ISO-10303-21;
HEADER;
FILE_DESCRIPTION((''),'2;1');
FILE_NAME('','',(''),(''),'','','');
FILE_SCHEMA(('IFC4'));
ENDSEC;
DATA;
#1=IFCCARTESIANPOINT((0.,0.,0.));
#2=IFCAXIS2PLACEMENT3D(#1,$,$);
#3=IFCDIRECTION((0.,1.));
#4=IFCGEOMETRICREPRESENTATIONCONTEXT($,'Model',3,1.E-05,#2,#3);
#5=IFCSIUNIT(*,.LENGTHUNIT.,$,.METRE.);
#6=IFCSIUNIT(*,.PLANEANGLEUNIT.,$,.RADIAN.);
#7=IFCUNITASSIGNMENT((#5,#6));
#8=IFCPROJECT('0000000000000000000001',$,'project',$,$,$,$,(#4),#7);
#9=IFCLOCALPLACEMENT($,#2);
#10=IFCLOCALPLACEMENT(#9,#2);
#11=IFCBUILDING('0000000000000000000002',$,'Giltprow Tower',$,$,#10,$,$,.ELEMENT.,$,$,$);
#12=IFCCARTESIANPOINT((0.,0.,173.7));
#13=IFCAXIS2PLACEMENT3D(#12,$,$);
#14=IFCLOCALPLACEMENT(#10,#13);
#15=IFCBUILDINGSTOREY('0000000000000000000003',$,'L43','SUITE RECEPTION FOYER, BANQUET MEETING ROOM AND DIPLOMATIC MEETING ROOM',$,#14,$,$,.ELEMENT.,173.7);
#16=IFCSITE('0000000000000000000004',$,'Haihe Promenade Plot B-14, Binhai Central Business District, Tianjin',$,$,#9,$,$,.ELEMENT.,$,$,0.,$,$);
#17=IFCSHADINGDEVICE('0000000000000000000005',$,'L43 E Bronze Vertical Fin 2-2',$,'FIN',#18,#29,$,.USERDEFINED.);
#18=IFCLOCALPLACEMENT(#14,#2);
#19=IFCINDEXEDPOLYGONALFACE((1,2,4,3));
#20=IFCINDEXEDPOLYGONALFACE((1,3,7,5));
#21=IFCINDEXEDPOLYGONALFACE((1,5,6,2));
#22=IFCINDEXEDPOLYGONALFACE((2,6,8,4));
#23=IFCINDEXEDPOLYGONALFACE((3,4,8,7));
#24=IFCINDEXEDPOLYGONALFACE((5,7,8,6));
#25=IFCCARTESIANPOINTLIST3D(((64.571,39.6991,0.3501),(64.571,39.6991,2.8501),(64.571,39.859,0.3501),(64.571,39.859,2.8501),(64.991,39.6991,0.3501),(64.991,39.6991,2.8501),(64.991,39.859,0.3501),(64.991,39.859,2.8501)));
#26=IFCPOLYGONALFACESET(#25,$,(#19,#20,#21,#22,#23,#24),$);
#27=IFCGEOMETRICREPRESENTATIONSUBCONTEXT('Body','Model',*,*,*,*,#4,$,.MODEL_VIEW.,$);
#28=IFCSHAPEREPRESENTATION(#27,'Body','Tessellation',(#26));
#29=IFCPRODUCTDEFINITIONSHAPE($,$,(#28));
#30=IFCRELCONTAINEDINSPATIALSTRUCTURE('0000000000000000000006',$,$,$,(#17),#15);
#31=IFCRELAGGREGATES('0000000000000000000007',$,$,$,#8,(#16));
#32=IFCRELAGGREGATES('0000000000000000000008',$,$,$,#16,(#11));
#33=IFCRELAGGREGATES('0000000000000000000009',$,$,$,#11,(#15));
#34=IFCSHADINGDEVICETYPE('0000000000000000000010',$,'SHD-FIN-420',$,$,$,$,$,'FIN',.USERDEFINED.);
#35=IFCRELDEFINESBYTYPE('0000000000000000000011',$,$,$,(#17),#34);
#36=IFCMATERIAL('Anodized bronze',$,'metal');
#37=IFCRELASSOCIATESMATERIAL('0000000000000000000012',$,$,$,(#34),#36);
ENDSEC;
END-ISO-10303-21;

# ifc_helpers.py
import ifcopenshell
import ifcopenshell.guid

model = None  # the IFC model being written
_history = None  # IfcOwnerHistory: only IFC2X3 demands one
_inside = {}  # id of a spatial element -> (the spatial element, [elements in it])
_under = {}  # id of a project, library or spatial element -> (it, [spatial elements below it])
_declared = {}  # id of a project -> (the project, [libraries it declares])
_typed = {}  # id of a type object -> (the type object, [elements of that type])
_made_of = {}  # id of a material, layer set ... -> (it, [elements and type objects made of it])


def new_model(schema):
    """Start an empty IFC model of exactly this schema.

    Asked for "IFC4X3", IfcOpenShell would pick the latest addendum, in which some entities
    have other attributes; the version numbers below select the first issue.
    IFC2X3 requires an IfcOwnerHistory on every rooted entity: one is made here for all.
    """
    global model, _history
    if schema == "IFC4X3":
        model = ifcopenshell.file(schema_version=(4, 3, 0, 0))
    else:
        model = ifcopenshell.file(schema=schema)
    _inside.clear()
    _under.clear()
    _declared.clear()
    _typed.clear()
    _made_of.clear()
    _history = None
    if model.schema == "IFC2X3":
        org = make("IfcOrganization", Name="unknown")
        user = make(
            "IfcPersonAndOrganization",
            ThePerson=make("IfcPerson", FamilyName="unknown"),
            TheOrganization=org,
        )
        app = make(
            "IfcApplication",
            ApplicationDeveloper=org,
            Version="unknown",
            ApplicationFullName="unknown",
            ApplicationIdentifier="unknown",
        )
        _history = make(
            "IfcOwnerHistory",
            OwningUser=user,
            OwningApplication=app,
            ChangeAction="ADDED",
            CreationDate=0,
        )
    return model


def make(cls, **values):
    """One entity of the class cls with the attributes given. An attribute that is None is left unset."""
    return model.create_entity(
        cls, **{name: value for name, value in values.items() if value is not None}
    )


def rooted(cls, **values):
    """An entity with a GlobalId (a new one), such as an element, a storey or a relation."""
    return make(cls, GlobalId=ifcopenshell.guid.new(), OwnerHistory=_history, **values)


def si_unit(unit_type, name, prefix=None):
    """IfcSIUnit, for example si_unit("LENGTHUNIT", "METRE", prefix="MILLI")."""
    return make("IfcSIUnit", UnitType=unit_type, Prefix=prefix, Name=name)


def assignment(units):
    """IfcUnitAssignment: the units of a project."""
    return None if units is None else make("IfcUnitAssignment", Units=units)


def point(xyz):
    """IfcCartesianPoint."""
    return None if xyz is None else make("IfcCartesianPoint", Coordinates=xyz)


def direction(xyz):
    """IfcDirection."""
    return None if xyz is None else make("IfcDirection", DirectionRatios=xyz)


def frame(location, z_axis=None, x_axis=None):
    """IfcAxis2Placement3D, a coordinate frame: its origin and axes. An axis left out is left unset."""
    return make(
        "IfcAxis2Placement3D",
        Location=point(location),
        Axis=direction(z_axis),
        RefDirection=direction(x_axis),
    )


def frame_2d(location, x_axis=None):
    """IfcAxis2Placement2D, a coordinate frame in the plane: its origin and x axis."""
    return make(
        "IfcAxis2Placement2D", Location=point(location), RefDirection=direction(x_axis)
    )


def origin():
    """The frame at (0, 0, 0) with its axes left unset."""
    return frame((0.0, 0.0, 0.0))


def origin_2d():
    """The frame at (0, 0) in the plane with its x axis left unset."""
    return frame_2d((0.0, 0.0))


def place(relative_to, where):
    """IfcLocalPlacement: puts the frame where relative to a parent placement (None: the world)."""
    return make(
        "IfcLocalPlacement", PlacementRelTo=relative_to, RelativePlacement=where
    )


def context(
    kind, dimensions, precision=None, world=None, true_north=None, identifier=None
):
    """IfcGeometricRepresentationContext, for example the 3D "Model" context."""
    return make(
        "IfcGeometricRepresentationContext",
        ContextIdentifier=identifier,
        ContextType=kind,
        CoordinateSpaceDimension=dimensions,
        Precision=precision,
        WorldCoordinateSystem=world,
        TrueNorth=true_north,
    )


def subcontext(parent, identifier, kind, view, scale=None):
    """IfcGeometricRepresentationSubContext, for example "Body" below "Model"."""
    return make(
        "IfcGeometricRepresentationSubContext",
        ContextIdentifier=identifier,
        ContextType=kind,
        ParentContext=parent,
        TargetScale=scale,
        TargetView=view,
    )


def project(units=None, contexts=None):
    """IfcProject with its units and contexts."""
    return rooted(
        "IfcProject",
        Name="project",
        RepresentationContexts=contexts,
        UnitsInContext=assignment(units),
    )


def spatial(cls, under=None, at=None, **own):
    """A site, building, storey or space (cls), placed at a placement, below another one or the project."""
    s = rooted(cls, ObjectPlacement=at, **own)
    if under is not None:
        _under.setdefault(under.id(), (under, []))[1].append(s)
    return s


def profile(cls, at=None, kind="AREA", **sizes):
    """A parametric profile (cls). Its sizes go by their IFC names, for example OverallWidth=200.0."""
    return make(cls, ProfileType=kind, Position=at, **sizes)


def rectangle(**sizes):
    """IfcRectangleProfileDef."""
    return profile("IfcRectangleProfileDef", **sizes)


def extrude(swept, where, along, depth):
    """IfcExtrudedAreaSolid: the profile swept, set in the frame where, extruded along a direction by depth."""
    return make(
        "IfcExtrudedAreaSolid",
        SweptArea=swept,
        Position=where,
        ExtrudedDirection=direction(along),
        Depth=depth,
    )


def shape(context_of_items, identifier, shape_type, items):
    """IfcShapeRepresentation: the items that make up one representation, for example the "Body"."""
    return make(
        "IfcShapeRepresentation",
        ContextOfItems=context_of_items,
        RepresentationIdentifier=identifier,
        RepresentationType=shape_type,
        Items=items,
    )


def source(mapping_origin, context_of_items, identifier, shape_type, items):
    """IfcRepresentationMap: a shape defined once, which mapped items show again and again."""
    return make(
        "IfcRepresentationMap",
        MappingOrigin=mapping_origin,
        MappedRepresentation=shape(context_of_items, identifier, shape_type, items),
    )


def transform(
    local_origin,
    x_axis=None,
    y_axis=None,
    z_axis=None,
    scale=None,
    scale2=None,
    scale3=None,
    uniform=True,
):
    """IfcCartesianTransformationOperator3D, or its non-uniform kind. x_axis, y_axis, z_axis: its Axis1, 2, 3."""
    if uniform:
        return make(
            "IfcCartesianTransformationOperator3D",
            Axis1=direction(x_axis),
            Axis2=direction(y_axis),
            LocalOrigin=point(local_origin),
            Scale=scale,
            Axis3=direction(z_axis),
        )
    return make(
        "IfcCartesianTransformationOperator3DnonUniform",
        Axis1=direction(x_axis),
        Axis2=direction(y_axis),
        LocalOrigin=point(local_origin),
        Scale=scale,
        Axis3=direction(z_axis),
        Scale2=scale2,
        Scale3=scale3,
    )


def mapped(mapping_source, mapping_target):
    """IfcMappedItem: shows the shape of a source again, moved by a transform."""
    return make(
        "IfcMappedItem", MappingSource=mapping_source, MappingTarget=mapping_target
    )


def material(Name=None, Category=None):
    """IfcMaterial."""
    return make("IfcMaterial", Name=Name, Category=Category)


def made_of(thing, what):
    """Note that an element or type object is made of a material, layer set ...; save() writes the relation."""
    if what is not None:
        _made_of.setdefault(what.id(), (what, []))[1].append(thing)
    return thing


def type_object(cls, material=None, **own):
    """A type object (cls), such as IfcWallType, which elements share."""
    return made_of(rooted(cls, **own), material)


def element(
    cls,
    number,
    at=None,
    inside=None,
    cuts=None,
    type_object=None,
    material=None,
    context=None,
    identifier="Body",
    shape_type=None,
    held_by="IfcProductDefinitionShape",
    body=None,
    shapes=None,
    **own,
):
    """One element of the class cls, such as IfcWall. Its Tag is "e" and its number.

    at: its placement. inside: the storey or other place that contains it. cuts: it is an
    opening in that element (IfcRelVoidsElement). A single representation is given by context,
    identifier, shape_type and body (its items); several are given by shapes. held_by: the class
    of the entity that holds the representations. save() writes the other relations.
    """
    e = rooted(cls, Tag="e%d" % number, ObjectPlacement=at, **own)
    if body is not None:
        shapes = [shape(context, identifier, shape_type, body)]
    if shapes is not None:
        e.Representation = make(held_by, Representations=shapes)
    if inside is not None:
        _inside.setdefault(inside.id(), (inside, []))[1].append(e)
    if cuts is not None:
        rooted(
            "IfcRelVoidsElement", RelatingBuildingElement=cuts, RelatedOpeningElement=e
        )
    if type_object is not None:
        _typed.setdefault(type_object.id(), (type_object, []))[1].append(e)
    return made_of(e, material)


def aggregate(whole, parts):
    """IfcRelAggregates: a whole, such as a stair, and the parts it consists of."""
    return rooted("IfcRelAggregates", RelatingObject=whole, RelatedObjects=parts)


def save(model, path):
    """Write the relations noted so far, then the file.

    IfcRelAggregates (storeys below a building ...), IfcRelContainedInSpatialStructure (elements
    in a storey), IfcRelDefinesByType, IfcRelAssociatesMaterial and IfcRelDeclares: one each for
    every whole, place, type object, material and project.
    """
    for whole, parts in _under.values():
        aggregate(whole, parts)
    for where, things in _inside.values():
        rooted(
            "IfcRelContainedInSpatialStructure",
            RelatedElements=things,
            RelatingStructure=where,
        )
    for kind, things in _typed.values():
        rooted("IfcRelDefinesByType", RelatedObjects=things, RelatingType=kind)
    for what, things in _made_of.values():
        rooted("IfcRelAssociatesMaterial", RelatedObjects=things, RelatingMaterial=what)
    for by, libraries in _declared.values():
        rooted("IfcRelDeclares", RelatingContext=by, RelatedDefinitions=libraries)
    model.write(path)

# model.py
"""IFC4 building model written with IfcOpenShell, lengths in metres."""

from ifc_helpers import new_model, si_unit, direction, frame, origin, origin_2d, place, context, subcontext, project, spatial, rectangle, extrude, source, transform, mapped, material, type_object, element, save


model = new_model("IFC4")

# Units and contexts
model_context = context("Model", 3, precision=1e-05, world=origin(), true_north=direction((0.0, 1.0)))
body_context = subcontext(model_context, "Body", "Model", "MODEL_VIEW")
ifc_project = project(units=[si_unit("LENGTHUNIT", "METRE"), si_unit("PLANEANGLEUNIT", "RADIAN")], contexts=[model_context])

# Site, building, storey
site_placement = place(None, origin())
site = spatial("IfcSite", under=ifc_project, at=site_placement, Name="Haihe Promenade Plot B-14, Binhai Central Business District, Tianjin", CompositionType="ELEMENT", RefElevation=0.0)
building_placement = place(site_placement, origin())
building = spatial("IfcBuilding", under=site, at=building_placement, Name="Giltprow Tower", CompositionType="ELEMENT")
storey_placement = place(building_placement, frame((0.0, 0.0, 173.7)))
storey = spatial("IfcBuildingStorey", under=building, at=storey_placement, Name="L43", Description="SUITE RECEPTION FOYER, BANQUET MEETING ROOM AND DIPLOMATIC MEETING ROOM", CompositionType="ELEMENT", Elevation=173.7)

# Shared definitions
ifc_material_1 = material(Name="Anodized bronze", Category="metal")

# Shading device
shading_device_type = type_object("IfcShadingDeviceType", Name="SHD-FIN-420", ElementType="FIN", PredefinedType="USERDEFINED", material=ifc_material_1)
shared_shape_1 = source(origin(), body_context, "Body", "SweptSolid", [
    extrude(rectangle(XDim=0.4199, YDim=0.1599, at=origin_2d()), origin(), (0.0, 0.0, 1.0), 2.5),
])
for number, where, z_axis, x_axis, name in (
    (1, (64.781, 39.7791, 0.3501), (0.0, 0.0, 1.0), (1.0, 0.0, 0.0), "L43 E Bronze Vertical Fin 2-2"),
):
    element("IfcShadingDevice", number, at=place(storey_placement, frame(where, z_axis=z_axis, x_axis=x_axis)), inside=storey, type_object=shading_device_type, Name=name, ObjectType="FIN", PredefinedType="USERDEFINED", context=body_context, shape_type="MappedRepresentation", body=[
        mapped(shared_shape_1, transform((0.0, 0.0, 0.0), x_axis=(1.0, 0.0, 0.0), y_axis=(0.0, 1.0, 0.0), z_axis=(0.0, 0.0, 1.0), scale=1.0)),
    ])

save(model, "model.ifc")
